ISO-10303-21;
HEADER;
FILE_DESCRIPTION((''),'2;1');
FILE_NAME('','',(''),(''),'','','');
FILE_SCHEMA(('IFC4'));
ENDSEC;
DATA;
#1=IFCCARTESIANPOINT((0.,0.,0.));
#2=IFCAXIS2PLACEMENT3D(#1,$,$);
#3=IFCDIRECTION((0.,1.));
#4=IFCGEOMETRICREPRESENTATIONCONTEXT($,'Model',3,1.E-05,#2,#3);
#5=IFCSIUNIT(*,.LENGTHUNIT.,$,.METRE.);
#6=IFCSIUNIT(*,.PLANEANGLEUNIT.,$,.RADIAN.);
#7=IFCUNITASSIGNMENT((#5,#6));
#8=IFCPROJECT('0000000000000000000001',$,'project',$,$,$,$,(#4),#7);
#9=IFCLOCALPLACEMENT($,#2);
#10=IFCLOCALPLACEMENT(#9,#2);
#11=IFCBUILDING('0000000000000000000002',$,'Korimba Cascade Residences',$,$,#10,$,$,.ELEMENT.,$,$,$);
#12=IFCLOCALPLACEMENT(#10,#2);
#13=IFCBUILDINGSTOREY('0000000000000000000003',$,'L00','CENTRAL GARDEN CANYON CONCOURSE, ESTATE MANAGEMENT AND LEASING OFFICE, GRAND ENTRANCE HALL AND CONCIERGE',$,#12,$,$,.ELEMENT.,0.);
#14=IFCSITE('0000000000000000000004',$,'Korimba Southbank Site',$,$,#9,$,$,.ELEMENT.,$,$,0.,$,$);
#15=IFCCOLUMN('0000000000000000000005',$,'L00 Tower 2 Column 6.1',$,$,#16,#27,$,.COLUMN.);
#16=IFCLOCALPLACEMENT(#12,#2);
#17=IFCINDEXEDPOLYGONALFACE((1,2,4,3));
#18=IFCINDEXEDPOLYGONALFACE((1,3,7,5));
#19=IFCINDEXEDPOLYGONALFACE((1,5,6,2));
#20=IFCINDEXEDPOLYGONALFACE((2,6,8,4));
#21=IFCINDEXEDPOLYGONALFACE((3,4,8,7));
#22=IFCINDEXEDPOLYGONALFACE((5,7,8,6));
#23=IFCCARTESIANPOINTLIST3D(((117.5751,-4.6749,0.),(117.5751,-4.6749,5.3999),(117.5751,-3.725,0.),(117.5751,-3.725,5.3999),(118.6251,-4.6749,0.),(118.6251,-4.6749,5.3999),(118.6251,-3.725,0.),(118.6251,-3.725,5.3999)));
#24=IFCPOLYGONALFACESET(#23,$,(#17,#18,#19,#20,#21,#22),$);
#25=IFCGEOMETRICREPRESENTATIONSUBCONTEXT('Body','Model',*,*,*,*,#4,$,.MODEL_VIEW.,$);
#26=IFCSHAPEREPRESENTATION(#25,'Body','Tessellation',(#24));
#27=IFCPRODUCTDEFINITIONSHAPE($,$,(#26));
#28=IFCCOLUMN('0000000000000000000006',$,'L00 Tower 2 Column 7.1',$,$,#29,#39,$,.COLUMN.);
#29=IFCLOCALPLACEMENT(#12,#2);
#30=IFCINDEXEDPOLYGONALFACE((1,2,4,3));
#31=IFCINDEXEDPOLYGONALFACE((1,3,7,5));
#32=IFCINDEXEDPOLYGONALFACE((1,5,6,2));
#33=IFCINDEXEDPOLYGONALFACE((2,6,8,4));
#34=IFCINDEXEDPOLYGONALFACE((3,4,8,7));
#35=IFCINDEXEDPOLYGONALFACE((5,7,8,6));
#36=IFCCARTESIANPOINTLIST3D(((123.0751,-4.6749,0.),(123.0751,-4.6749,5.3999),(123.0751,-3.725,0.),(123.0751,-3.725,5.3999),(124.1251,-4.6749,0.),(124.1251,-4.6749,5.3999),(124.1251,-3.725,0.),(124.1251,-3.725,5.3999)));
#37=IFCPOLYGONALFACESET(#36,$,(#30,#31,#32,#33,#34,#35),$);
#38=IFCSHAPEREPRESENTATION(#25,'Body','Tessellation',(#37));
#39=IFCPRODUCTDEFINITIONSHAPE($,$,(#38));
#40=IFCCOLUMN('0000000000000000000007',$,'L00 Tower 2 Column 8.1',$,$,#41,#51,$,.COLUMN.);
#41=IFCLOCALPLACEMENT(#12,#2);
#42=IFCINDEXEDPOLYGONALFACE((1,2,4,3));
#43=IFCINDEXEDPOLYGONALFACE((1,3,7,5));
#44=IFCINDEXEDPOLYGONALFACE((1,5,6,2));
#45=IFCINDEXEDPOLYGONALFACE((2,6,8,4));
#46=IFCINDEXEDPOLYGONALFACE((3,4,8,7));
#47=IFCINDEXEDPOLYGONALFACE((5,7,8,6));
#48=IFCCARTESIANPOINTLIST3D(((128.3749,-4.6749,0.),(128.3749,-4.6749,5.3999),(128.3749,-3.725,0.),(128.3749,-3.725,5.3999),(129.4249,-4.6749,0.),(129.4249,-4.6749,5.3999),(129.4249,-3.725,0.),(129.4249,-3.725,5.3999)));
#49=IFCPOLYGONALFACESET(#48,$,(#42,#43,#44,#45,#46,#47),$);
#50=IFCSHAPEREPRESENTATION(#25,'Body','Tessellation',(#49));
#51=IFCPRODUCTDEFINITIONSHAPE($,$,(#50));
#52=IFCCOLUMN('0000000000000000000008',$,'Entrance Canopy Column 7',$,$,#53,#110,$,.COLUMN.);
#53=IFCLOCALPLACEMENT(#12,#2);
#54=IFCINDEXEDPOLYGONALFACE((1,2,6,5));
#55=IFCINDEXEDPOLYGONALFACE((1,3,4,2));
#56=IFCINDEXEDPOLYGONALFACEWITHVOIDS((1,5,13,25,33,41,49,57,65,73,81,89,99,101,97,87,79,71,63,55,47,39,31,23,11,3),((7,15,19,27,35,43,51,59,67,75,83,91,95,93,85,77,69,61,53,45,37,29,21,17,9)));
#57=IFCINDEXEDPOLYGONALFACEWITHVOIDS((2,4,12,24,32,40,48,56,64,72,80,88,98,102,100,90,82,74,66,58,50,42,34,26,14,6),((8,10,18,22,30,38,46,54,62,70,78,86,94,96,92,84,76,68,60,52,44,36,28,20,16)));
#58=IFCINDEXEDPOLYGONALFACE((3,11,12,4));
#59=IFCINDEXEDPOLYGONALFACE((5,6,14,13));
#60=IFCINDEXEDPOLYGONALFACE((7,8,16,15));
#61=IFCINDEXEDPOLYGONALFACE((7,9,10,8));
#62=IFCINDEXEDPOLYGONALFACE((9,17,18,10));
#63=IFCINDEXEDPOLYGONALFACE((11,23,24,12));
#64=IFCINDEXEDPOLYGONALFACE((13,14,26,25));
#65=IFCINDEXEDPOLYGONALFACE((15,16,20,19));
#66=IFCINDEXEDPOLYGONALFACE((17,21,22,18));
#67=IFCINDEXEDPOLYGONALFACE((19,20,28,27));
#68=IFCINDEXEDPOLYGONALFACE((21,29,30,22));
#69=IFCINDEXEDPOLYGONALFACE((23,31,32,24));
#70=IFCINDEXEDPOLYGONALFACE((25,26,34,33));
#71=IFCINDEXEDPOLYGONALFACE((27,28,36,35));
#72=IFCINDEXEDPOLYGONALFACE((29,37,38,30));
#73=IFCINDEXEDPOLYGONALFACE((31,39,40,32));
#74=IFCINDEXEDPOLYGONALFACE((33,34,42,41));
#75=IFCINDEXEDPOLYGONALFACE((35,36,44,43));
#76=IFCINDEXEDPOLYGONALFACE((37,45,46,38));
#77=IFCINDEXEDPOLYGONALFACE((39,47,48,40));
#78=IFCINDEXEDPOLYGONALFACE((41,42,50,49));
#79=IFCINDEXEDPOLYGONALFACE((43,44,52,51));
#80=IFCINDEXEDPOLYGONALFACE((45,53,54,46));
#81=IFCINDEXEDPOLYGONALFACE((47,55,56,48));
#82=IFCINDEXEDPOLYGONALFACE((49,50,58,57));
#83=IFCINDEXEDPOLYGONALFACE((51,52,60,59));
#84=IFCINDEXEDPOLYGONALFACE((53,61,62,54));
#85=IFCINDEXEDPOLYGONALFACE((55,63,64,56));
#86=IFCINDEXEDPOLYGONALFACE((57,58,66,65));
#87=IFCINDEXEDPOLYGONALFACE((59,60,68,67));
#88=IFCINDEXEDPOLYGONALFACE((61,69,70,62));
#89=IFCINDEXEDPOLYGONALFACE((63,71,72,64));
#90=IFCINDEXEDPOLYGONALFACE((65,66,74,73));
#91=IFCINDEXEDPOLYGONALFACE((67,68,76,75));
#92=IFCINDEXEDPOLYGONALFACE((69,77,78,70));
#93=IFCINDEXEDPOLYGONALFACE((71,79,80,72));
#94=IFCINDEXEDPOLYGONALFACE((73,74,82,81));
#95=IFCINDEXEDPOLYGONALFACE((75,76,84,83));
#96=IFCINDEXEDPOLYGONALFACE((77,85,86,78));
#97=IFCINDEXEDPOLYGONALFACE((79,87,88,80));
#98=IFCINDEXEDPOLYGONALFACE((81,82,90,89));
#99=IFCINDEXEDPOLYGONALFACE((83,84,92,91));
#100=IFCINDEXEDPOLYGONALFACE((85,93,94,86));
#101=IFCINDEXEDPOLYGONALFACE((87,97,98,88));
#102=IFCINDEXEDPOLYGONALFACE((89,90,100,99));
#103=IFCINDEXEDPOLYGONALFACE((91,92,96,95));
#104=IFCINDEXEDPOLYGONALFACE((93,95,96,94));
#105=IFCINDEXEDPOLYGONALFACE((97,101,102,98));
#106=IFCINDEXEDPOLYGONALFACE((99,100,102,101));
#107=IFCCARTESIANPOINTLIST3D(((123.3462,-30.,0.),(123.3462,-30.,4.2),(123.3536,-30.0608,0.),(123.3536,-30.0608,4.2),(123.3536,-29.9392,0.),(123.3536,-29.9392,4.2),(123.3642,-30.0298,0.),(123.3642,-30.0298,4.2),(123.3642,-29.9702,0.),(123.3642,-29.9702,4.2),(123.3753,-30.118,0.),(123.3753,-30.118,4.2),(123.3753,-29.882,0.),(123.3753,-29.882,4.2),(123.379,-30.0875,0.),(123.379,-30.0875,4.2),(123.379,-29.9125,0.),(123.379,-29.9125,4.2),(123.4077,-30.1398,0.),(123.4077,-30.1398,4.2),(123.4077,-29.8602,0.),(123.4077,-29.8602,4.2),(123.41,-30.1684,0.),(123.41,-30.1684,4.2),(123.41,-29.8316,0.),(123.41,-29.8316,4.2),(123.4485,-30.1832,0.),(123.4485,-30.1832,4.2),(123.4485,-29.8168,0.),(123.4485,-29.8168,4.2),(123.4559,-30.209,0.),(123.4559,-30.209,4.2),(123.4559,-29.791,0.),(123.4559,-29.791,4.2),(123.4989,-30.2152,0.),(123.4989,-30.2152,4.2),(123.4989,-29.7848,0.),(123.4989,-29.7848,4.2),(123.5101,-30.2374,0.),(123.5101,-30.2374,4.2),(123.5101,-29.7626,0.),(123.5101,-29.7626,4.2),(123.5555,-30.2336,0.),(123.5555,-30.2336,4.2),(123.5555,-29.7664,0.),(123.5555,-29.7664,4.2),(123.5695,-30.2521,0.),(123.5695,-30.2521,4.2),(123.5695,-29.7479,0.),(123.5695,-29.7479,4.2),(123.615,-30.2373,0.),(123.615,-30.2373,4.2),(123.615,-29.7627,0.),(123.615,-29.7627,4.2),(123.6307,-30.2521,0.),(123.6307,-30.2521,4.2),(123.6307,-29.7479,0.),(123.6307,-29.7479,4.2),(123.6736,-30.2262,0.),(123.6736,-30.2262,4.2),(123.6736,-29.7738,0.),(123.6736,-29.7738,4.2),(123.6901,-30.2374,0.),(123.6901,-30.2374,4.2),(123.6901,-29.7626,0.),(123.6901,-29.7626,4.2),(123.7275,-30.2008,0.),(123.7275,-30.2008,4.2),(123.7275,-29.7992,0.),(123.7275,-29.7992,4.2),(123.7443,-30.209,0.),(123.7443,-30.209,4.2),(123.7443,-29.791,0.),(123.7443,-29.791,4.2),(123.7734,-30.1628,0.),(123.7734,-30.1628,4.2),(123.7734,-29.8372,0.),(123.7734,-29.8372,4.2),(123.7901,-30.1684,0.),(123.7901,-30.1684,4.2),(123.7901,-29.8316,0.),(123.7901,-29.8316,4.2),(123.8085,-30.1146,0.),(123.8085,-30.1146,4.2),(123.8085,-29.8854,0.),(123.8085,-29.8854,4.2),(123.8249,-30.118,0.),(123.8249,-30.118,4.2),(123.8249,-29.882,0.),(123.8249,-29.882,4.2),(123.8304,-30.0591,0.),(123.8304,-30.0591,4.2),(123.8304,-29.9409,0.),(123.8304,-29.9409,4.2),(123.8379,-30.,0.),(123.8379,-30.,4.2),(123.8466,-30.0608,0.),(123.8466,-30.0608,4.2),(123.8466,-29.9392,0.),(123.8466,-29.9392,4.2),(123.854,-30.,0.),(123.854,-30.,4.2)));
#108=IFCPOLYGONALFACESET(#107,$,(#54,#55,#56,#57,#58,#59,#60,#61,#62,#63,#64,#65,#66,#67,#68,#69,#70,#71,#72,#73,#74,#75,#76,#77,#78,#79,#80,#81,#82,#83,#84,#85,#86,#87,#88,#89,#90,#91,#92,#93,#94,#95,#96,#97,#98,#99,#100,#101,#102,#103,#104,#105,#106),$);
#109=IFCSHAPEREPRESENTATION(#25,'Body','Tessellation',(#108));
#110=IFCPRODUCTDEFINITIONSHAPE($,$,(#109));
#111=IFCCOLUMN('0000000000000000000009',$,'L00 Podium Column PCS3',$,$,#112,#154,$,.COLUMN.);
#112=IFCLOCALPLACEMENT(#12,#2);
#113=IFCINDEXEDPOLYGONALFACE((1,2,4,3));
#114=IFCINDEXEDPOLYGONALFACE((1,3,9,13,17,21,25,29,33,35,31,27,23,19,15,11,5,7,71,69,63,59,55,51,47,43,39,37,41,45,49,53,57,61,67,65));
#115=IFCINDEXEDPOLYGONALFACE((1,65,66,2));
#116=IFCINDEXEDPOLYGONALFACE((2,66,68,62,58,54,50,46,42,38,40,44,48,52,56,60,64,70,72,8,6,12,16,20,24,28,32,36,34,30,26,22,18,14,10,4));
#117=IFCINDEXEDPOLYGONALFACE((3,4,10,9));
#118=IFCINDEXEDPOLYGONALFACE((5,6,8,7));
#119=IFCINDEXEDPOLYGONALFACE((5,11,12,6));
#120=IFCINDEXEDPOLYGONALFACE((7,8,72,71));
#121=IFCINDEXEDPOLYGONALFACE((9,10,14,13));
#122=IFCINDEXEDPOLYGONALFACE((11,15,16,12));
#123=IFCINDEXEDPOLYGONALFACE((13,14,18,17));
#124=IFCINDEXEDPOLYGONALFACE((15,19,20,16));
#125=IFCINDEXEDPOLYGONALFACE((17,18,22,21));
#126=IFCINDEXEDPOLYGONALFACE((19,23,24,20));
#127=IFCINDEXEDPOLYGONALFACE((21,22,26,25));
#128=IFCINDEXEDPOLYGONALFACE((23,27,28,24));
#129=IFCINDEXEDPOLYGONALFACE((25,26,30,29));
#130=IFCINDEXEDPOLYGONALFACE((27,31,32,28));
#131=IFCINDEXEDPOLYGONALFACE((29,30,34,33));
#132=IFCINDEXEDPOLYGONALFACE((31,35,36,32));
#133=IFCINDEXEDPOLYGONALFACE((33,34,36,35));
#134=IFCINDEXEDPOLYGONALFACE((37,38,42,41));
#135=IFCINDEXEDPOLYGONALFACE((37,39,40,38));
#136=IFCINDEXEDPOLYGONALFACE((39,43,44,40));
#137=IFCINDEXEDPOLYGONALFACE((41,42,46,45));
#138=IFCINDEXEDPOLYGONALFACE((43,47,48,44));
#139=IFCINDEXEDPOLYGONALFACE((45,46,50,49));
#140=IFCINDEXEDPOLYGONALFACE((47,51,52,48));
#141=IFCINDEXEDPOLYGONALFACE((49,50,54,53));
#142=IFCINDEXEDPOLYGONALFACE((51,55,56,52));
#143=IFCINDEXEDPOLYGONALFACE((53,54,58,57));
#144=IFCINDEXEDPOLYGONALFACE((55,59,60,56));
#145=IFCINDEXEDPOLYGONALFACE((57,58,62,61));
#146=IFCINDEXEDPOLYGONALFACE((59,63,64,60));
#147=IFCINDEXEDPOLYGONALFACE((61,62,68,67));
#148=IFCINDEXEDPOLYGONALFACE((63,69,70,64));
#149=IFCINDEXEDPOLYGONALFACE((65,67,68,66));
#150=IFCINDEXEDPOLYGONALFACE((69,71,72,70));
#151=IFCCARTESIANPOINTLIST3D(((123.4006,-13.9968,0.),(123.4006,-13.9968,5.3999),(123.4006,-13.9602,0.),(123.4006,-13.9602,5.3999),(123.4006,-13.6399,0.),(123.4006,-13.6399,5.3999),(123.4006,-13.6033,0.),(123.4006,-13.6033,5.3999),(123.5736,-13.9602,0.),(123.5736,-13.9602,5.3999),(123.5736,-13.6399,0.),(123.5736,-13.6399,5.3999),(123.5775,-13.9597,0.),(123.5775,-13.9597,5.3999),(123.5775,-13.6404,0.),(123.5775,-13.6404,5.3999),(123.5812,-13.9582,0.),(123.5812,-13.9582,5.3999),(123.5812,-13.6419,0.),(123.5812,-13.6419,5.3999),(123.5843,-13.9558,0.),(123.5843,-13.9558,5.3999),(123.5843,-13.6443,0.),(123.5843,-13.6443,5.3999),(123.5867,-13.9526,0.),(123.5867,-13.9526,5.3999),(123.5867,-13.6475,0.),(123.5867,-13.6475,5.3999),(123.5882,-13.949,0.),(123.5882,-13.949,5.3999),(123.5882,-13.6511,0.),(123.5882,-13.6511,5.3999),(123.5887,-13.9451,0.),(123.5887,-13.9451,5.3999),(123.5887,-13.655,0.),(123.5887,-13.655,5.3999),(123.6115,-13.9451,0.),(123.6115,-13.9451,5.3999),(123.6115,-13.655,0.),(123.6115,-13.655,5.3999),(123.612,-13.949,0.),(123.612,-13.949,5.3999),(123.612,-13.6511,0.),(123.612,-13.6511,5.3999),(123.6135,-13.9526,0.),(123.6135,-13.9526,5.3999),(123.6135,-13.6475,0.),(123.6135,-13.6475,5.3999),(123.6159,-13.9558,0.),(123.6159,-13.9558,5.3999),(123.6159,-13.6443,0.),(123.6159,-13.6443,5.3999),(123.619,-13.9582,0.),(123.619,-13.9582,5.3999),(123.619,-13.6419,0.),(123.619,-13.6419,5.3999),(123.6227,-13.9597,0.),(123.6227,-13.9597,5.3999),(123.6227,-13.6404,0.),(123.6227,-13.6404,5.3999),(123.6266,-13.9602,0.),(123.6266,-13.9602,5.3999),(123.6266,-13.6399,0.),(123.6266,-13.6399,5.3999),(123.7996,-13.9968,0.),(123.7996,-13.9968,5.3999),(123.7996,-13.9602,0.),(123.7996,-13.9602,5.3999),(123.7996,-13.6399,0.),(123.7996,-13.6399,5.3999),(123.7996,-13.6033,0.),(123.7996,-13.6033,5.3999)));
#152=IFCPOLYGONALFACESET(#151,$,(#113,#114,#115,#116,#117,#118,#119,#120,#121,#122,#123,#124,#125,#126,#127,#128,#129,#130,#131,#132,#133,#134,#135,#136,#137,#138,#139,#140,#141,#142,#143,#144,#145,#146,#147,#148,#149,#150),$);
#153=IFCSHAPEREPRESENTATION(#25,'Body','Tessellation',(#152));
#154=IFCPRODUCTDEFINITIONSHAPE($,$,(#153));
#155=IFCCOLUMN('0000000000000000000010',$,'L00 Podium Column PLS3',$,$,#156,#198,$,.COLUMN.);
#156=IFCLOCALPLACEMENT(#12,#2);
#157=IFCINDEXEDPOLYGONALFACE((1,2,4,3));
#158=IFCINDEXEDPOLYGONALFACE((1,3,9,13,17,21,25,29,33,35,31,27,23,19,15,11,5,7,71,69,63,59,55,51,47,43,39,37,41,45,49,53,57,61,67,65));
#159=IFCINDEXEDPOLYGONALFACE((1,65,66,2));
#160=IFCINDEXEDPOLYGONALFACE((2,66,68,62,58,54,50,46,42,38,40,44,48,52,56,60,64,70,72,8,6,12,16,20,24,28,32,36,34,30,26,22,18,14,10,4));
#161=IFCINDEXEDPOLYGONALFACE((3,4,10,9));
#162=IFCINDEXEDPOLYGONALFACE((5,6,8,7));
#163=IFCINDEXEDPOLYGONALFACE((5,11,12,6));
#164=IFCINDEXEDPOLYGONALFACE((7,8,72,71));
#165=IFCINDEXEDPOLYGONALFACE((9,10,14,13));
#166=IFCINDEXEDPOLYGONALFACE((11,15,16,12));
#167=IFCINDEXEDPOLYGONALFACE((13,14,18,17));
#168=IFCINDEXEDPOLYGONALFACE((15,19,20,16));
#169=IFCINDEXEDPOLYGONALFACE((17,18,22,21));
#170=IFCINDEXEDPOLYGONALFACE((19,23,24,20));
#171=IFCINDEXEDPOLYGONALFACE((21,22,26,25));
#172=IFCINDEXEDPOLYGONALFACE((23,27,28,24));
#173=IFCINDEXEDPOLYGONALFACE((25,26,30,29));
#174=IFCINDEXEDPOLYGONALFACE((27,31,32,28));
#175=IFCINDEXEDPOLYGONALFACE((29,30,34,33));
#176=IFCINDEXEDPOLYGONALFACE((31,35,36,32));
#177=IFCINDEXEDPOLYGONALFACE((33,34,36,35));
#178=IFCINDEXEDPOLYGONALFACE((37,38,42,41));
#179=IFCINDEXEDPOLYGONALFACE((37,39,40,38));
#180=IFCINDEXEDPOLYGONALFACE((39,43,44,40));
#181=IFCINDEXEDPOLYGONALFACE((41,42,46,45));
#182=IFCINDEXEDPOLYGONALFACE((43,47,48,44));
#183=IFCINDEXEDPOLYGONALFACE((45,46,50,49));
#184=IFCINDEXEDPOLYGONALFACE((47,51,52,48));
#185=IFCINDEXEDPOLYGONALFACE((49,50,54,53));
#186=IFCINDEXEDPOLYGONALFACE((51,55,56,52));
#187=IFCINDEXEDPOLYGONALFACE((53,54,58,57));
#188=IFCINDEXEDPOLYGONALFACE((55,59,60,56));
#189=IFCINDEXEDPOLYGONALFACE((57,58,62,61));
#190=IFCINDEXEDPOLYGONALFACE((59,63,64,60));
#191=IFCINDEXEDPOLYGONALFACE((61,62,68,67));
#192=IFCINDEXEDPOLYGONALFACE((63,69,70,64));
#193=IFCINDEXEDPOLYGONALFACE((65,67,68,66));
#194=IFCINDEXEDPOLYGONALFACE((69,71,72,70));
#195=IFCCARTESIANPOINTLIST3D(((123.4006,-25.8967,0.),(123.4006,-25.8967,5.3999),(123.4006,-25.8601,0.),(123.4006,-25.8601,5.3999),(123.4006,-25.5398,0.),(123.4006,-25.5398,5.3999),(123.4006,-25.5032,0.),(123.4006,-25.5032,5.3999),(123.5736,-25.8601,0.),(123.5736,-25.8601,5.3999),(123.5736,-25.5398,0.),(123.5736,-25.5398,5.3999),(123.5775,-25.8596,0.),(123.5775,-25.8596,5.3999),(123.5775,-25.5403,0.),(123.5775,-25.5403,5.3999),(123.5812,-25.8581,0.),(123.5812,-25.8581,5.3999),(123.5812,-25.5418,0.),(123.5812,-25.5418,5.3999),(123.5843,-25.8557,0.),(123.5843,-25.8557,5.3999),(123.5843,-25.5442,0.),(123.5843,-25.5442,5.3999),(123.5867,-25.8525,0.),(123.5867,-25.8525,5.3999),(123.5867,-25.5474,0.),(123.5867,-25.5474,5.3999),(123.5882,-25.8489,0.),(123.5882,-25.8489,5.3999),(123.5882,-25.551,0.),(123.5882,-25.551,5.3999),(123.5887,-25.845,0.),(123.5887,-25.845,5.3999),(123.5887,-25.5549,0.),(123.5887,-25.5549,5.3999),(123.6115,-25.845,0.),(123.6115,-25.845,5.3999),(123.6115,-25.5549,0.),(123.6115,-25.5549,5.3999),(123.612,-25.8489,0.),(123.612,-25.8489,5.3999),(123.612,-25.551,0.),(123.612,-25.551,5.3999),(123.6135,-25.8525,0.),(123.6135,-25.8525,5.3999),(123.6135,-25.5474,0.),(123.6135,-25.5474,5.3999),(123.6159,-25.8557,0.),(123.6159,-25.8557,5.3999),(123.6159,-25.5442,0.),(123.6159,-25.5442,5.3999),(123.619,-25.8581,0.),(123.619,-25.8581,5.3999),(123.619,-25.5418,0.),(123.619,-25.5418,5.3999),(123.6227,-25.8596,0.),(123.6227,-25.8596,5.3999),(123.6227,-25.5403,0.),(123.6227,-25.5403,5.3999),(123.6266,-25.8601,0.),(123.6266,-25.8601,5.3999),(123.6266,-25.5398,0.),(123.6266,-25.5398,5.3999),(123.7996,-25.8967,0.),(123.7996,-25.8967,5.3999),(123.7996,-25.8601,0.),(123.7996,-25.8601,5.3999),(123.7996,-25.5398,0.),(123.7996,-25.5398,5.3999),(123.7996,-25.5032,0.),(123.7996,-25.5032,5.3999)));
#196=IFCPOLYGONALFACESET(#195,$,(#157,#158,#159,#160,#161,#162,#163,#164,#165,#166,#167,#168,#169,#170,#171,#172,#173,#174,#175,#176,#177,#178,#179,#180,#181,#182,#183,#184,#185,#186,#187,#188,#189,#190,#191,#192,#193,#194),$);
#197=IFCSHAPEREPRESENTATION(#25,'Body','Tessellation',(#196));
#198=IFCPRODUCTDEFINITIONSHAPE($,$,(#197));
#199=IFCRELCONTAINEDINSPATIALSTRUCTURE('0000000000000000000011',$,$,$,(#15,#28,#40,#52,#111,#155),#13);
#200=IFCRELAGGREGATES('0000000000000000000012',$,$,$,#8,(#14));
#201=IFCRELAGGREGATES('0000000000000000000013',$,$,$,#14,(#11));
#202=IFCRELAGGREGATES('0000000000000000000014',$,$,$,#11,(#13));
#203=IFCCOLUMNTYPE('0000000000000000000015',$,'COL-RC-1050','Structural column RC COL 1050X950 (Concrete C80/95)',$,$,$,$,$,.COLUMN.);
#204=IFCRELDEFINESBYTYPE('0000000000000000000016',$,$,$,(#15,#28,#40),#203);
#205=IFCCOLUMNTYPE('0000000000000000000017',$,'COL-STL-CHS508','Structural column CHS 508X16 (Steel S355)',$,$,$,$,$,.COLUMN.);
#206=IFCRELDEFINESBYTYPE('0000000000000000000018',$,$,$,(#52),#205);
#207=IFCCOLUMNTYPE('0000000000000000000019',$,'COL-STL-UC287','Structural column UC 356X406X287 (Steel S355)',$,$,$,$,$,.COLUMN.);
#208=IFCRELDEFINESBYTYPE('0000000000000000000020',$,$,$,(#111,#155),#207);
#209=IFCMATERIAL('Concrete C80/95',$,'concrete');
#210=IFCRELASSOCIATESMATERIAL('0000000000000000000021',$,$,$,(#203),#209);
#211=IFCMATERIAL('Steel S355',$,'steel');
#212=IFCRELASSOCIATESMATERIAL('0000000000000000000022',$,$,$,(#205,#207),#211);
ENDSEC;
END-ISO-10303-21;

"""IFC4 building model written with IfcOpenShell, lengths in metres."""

from ifc_helpers import new_model, si_unit, direction, frame, origin, origin_2d, place, context, subcontext, project, spatial, rectangle, hollow_circle, i_section, extrude, material, material_profile, profile_set, type_object, element, save


model = new_model("IFC4")

# Units and contexts
model_context = context("Model", 3, precision=1e-05, world=origin(), true_north=direction((0.0, 1.0)))
body_context = subcontext(model_context, "Body", "Model", "MODEL_VIEW")
ifc_project = project(units=[si_unit("LENGTHUNIT", "METRE"), si_unit("PLANEANGLEUNIT", "RADIAN")], contexts=[model_context])

# Site, building, storey
site_placement = place(None, origin())
site = spatial("IfcSite", under=ifc_project, at=site_placement, Name="Korimba Southbank Site", CompositionType="ELEMENT", RefElevation=0.0)
building_placement = place(site_placement, origin())
building = spatial("IfcBuilding", under=site, at=building_placement, Name="Korimba Cascade Residences", CompositionType="ELEMENT")
storey_placement = place(building_placement, origin())
storey = spatial("IfcBuildingStorey", under=building, at=storey_placement, Name="L00", Description="CENTRAL GARDEN CANYON CONCOURSE, ESTATE MANAGEMENT AND LEASING OFFICE, GRAND ENTRANCE HALL AND CONCIERGE", CompositionType="ELEMENT", Elevation=0.0)

# Columns
ifc_material_1 = material(Name="Concrete C80/95", Category="concrete")
ifc_material_profile_1 = material_profile(ifc_material_1, rectangle(XDim=1.05, YDim=0.95, at=origin_2d()), Name="Concrete C80/95")
ifc_profile_set_1 = profile_set([ifc_material_profile_1], Name="Concrete C80/95")
column_type_1 = type_object("IfcColumnType", Name="COL-RC-1050", Description="Structural column RC COL 1050X950 (Concrete C80/95)", PredefinedType="COLUMN", material=ifc_profile_set_1)
for number, where, z_axis, x_axis, name in (
    (1, (118.1001, -4.2, 0.0), (0.0, 0.0, 1.0), (1.0, 0.0, 0.0), "L00 Tower 2 Column 6.1"),
    (2, (123.6001, -4.2, 0.0), (0.0, 0.0, 1.0), (1.0, 0.0, 0.0), "L00 Tower 2 Column 7.1"),
    (3, (128.8999, -4.2, 0.0), (0.0, 0.0, 1.0), (1.0, 0.0, 0.0), "L00 Tower 2 Column 8.1"),
):
    element("IfcColumn", number, at=place(storey_placement, frame(where, z_axis=z_axis, x_axis=x_axis)), inside=storey, type_object=column_type_1, Name=name, PredefinedType="COLUMN", context=body_context, shape_type="SweptSolid", body=[
        extrude(rectangle(XDim=1.05, YDim=0.95, at=origin_2d()), origin(), (0.0, 0.0, 1.0), 5.3999),
    ])
ifc_material_2 = material(Name="Steel S355", Category="steel")
ifc_material_profile_2 = material_profile(ifc_material_2, hollow_circle(Radius=0.2539, WallThickness=0.0161, at=origin_2d()), Name="Steel S355")
ifc_profile_set_2 = profile_set([ifc_material_profile_2], Name="Steel S355")
column_type_2 = type_object("IfcColumnType", Name="COL-STL-CHS508", Description="Structural column CHS 508X16 (Steel S355)", PredefinedType="COLUMN", material=ifc_profile_set_2)
column_placement = place(storey_placement, frame((123.6001, -30.0, 0.0), z_axis=(0.0, 0.0, 1.0), x_axis=(1.0, 0.0, 0.0)))
element("IfcColumn", 4, at=column_placement, inside=storey, type_object=column_type_2, Name="Entrance Canopy Column 7", PredefinedType="COLUMN", context=body_context, shape_type="SweptSolid", body=[
    extrude(hollow_circle(Radius=0.2539, WallThickness=0.0161, at=origin_2d()), origin(), (0.0, 0.0, 1.0), 4.2),
])
ifc_material_profile_3 = material_profile(ifc_material_2, i_section(OverallWidth=0.3989, OverallDepth=0.3936, WebThickness=0.0227, FlangeThickness=0.0366, FilletRadius=0.0151, at=origin_2d()), Name="Steel S355")
ifc_profile_set_3 = profile_set([ifc_material_profile_3], Name="Steel S355")
column_type_3 = type_object("IfcColumnType", Name="COL-STL-UC287", Description="Structural column UC 356X406X287 (Steel S355)", PredefinedType="COLUMN", material=ifc_profile_set_3)
for number, where, z_axis, x_axis, name in (
    (5, (123.6001, -13.8, 0.0), (0.0, 0.0, 1.0), (1.0, 0.0, 0.0), "L00 Podium Column PCS3"),
    (6, (123.6001, -25.7, 0.0), (0.0, 0.0, 1.0), (1.0, 0.0, 0.0), "L00 Podium Column PLS3"),
):
    element("IfcColumn", number, at=place(storey_placement, frame(where, z_axis=z_axis, x_axis=x_axis)), inside=storey, type_object=column_type_3, Name=name, PredefinedType="COLUMN", context=body_context, shape_type="SweptSolid", body=[
        extrude(i_section(OverallWidth=0.3989, OverallDepth=0.3936, WebThickness=0.0227, FlangeThickness=0.0366, FilletRadius=0.0151, at=origin_2d()), origin(), (0.0, 0.0, 1.0), 5.3999),
    ])

save(model, "model.ifc")
